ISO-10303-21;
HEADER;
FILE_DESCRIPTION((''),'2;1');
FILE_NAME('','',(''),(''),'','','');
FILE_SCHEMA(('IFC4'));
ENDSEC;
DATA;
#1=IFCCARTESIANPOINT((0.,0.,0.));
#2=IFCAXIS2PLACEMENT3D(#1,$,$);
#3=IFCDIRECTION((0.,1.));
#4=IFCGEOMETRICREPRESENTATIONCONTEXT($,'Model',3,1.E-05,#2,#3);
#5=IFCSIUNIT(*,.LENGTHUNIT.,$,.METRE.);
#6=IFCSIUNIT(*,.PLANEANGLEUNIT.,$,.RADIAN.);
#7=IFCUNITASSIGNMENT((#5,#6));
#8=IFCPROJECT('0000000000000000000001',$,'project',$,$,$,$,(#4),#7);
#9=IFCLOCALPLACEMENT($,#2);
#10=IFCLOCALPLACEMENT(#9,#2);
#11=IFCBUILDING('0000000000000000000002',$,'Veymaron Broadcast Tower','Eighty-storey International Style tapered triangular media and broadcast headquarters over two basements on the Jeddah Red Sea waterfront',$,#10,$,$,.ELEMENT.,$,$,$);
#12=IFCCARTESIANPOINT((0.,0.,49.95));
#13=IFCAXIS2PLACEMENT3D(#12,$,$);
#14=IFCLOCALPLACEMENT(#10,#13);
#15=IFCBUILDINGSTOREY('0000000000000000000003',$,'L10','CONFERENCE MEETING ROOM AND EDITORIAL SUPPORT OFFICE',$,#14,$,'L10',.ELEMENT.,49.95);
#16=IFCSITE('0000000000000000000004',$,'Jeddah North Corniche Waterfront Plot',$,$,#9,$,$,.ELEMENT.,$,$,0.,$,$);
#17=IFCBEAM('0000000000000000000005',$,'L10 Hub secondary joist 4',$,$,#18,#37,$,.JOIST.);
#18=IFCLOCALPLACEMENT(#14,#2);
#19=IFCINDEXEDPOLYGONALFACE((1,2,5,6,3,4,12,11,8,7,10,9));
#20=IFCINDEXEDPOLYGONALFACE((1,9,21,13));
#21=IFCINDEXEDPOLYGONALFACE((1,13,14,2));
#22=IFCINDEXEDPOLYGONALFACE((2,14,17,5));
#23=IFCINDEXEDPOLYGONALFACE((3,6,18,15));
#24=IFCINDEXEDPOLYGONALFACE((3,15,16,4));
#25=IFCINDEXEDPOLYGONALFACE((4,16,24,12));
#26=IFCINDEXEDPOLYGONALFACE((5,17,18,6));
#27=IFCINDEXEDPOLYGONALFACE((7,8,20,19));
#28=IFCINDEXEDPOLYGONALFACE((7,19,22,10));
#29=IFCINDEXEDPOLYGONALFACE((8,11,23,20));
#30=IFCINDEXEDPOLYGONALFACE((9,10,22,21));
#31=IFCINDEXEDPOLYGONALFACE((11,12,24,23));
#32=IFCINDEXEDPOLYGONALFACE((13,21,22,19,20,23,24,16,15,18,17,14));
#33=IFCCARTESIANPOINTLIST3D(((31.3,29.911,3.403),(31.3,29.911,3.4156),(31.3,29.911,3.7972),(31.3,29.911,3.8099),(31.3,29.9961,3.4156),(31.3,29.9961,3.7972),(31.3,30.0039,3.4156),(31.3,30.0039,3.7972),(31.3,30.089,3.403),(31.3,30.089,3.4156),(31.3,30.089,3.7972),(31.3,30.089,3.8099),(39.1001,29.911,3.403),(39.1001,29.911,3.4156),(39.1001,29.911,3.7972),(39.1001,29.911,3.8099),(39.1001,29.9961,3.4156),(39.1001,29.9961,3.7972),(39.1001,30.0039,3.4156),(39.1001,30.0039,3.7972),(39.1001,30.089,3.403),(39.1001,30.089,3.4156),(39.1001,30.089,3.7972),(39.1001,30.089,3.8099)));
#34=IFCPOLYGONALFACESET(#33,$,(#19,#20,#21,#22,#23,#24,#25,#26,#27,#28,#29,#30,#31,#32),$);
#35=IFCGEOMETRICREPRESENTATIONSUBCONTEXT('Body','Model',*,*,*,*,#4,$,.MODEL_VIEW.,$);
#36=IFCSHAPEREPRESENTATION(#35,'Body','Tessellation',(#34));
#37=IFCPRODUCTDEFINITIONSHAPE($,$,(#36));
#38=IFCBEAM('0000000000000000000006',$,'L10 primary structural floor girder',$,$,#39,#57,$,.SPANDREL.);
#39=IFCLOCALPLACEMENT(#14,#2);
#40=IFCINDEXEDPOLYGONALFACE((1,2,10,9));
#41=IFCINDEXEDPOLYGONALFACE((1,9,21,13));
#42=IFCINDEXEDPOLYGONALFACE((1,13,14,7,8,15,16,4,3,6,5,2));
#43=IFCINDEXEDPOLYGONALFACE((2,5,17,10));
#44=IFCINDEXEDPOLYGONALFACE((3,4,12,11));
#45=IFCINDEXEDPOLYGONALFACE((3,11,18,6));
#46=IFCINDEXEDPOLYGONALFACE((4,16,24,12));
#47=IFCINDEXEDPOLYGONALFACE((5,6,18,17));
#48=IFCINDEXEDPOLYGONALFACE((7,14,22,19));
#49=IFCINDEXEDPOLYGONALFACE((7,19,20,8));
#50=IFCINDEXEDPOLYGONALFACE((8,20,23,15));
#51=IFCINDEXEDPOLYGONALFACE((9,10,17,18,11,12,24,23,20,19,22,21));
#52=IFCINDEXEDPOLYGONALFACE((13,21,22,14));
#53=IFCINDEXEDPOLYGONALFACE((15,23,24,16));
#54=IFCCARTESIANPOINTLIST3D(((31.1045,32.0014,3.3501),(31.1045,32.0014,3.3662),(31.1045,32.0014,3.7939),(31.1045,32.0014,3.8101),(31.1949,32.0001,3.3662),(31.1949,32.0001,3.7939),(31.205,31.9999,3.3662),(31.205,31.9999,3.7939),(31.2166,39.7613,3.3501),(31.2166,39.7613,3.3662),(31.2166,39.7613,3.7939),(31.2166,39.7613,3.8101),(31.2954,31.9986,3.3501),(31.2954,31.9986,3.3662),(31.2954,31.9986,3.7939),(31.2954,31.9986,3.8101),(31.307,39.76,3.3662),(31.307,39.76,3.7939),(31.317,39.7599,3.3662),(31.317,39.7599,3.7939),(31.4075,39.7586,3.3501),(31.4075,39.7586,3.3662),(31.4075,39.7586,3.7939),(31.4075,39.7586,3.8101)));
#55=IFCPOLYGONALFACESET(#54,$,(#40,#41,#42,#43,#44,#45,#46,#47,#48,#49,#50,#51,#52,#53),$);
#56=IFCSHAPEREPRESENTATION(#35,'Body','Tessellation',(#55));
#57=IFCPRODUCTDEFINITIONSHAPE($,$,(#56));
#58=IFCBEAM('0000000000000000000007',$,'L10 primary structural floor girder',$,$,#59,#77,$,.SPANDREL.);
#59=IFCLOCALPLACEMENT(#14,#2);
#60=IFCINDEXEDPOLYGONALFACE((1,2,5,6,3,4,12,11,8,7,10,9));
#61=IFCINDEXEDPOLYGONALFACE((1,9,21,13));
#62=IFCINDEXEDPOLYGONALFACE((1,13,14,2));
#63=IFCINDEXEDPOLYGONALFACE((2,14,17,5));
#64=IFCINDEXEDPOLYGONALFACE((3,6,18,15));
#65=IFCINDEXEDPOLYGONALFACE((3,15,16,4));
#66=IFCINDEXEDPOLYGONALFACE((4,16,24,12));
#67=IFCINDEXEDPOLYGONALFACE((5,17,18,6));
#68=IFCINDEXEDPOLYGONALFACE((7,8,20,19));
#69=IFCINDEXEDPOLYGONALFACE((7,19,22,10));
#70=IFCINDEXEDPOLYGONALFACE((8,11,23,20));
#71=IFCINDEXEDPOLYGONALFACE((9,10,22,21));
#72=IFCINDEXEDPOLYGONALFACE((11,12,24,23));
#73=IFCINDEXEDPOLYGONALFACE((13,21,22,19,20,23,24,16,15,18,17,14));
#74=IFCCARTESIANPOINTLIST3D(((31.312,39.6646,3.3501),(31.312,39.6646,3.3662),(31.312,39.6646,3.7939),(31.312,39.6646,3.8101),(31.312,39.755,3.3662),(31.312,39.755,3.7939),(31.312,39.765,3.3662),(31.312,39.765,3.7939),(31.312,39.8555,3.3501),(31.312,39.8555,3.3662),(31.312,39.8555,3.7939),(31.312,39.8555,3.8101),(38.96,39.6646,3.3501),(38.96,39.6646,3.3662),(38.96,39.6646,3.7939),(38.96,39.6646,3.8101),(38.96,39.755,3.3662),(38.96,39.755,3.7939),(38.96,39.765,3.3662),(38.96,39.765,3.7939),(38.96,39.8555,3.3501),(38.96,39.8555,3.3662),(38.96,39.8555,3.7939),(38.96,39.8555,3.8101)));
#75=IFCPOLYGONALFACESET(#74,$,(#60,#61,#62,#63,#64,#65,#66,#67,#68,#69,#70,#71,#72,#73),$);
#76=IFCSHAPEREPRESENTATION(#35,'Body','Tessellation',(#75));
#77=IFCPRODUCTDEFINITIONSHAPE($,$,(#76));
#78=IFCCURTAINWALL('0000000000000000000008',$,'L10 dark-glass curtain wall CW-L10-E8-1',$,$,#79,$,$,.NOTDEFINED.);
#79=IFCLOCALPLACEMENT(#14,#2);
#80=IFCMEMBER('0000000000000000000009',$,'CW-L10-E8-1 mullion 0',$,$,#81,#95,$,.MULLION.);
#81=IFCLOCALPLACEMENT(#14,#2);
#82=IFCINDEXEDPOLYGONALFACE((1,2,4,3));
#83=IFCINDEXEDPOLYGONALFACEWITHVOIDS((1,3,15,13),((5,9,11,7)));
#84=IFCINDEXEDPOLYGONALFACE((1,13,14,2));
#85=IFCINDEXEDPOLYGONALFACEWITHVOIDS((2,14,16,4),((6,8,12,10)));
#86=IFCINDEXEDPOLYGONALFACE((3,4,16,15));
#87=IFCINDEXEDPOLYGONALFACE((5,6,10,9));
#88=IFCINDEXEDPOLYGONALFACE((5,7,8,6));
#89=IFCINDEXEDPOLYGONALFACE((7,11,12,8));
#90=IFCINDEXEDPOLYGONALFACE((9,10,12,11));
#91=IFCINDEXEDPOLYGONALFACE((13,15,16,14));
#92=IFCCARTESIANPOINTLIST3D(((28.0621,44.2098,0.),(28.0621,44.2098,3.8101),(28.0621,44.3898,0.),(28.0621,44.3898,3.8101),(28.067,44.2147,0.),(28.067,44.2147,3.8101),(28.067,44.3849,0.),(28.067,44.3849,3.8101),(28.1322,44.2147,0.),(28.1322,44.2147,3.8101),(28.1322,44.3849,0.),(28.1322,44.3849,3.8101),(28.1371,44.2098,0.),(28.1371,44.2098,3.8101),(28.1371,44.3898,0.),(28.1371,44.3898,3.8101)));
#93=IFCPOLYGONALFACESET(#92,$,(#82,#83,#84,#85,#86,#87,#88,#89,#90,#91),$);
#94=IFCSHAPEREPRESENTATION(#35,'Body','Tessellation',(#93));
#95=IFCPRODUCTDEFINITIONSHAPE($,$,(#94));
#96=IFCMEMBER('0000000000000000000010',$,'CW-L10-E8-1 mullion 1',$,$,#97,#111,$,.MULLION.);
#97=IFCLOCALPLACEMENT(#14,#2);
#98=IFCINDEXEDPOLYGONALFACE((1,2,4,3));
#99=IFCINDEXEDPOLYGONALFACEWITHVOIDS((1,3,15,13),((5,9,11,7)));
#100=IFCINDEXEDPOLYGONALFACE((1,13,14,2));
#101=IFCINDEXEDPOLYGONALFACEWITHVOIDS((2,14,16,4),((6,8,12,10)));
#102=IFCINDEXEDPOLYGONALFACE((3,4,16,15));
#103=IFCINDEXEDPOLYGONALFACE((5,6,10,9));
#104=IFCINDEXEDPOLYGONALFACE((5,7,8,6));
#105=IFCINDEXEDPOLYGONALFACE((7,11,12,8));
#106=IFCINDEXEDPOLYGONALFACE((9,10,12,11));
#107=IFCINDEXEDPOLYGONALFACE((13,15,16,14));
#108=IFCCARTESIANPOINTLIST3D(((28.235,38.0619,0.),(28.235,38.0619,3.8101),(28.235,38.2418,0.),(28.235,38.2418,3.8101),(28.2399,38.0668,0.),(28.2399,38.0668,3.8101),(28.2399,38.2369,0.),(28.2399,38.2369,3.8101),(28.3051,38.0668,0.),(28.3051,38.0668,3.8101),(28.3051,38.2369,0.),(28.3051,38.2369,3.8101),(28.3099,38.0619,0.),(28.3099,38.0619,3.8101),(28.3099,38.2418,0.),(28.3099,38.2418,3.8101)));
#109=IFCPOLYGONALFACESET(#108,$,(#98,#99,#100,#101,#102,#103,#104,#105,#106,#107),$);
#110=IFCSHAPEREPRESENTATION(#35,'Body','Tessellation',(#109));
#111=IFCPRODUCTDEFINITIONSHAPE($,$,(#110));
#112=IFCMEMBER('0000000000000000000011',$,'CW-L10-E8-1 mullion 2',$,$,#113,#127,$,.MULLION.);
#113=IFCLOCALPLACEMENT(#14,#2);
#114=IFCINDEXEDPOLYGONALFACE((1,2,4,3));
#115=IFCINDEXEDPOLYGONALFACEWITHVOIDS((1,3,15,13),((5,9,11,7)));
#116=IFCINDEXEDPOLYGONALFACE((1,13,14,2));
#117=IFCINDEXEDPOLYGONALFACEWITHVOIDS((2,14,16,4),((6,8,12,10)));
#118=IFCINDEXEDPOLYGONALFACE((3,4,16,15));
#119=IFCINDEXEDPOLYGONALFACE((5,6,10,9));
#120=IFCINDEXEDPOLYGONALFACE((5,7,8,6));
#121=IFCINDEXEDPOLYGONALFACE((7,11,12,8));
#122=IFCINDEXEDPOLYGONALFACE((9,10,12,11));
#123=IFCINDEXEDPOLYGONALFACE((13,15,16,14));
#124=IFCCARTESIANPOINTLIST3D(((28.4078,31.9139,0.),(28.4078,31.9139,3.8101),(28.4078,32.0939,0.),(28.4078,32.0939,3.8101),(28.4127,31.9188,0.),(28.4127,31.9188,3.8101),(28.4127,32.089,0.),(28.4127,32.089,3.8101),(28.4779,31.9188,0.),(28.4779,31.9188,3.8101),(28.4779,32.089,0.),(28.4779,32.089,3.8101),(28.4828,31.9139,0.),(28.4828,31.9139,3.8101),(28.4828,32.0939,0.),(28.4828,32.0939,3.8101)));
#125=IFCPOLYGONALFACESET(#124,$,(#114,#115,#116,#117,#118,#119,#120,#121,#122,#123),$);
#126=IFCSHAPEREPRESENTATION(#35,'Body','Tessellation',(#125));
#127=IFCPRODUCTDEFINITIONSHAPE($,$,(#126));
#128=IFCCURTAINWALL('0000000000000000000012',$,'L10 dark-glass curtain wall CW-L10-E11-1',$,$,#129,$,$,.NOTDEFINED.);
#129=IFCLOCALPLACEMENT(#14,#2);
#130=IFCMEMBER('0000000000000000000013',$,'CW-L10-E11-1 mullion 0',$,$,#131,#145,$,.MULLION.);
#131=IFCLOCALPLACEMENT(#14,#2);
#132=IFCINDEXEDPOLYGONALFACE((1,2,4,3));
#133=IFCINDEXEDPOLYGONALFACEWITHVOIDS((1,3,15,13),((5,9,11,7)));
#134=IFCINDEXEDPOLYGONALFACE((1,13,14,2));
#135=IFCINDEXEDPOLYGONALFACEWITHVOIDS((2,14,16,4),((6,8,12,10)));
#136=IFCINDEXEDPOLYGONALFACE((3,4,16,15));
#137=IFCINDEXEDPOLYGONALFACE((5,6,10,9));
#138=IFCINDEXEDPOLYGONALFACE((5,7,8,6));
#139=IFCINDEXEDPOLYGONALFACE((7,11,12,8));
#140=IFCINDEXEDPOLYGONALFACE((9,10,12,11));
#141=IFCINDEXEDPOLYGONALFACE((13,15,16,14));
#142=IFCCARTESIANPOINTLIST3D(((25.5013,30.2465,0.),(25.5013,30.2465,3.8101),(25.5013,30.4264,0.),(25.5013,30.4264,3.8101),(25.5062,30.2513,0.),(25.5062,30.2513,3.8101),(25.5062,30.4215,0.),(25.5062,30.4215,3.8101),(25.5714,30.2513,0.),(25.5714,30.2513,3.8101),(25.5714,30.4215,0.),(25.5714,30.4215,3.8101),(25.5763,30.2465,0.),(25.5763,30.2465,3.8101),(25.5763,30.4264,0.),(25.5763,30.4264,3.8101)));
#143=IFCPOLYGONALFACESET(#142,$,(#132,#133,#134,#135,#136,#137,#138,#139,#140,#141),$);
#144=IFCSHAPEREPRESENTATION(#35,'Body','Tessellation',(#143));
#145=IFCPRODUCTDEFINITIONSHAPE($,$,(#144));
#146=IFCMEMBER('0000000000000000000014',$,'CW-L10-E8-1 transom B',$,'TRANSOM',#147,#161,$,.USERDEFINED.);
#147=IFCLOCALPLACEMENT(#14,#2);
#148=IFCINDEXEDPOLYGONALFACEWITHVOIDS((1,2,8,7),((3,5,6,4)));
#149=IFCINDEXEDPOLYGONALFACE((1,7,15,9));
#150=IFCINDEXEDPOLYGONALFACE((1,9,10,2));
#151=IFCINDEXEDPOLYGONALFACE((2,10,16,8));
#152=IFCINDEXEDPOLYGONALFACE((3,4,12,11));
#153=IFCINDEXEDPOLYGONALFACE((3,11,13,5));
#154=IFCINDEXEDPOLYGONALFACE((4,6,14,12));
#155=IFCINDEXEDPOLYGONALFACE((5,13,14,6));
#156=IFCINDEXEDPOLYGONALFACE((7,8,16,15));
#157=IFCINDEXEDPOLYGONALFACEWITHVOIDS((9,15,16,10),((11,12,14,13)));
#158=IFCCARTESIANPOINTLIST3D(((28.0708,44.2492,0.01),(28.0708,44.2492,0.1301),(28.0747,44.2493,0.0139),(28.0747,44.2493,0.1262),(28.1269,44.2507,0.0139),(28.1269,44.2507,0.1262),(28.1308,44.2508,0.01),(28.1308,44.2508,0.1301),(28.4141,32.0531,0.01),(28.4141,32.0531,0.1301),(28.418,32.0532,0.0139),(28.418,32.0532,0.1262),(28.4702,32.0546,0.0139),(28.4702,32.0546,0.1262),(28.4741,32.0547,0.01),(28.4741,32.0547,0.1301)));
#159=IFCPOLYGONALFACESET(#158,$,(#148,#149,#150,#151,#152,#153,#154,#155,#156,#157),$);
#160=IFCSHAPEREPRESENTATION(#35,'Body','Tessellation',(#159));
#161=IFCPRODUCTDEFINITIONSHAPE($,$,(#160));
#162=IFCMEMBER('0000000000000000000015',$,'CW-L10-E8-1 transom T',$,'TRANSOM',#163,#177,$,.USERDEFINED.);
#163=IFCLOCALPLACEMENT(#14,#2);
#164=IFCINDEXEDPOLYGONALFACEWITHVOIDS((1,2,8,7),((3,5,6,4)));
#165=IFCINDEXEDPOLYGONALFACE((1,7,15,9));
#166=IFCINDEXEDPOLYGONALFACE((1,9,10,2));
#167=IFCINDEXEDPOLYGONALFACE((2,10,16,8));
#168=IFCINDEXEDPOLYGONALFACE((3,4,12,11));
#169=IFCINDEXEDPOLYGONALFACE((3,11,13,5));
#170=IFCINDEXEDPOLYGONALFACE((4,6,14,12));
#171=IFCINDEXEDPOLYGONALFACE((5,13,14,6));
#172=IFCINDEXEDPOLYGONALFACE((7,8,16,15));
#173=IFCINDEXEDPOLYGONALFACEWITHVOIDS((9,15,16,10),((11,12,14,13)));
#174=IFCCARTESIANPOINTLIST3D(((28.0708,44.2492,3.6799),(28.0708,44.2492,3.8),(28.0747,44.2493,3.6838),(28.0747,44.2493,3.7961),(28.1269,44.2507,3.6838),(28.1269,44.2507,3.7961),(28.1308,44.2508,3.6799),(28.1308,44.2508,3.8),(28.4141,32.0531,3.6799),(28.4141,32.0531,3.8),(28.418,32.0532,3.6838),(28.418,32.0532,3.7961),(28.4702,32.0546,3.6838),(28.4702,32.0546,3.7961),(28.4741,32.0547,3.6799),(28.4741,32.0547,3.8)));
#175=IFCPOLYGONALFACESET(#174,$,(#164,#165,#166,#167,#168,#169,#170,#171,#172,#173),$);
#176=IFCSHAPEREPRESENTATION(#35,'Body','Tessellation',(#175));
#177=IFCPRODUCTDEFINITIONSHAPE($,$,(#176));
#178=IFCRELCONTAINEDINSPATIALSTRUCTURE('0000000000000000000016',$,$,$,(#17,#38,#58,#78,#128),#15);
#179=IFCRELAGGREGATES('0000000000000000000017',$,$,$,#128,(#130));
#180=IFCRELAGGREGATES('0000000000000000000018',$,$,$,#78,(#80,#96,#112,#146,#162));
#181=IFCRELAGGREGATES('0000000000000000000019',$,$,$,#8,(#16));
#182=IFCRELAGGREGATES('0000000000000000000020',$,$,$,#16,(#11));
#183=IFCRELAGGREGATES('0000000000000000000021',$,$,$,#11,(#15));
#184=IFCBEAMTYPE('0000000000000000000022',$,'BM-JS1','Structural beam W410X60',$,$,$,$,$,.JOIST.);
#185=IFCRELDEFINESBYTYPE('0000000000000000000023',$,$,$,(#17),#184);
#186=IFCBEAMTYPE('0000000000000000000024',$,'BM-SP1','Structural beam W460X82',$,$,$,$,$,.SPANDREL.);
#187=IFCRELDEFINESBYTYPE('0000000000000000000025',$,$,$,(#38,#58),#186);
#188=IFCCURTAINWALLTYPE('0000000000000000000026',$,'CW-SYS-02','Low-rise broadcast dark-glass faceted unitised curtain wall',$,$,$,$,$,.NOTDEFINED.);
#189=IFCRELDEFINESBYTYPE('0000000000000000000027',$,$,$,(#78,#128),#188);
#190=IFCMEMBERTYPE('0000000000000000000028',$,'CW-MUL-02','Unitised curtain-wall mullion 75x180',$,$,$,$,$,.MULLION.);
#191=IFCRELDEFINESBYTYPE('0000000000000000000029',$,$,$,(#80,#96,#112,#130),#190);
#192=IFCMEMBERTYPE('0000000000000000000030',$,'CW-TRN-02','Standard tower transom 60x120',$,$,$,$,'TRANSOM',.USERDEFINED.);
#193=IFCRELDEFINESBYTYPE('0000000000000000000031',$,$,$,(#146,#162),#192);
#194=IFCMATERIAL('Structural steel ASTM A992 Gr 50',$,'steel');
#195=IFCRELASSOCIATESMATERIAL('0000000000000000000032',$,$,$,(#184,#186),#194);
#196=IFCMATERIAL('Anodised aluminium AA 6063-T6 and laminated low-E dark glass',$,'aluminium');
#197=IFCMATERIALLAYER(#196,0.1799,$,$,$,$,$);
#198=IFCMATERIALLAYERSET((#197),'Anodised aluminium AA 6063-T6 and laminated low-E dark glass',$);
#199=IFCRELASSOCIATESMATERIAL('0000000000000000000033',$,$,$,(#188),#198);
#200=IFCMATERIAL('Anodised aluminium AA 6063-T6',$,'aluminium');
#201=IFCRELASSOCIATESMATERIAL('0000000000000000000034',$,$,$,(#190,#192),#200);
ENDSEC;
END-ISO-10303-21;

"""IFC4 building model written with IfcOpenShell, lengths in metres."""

from ifc_helpers import new_model, si_unit, direction, frame, origin, origin_2d, place, context, subcontext, project, spatial, hollow_rectangle, i_section, extrude, material, layer, layer_set, material_profile, profile_set, type_object, element, aggregate, save


model = new_model("IFC4")

# Units and contexts
model_context = context("Model", 3, precision=1e-05, world=origin(), true_north=direction((0.0, 1.0)))
body_context = subcontext(model_context, "Body", "Model", "MODEL_VIEW")
ifc_project = project(units=[si_unit("LENGTHUNIT", "METRE"), si_unit("PLANEANGLEUNIT", "RADIAN")], contexts=[model_context])

# Site, building, storey
site_placement = place(None, origin())
site = spatial("IfcSite", under=ifc_project, at=site_placement, Name="Jeddah North Corniche Waterfront Plot", CompositionType="ELEMENT", RefElevation=0.0)
building_placement = place(site_placement, origin())
building = spatial("IfcBuilding", under=site, at=building_placement, Name="Veymaron Broadcast Tower", Description="Eighty-storey International Style tapered triangular media and broadcast headquarters over two basements on the Jeddah Red Sea waterfront", CompositionType="ELEMENT")
storey_placement = place(building_placement, frame((0.0, 0.0, 49.95)))
storey = spatial("IfcBuildingStorey", under=building, at=storey_placement, Name="L10", Description="CONFERENCE MEETING ROOM AND EDITORIAL SUPPORT OFFICE", LongName="L10", CompositionType="ELEMENT", Elevation=49.95)

# Beams
ifc_material_1 = material(Name="Structural steel ASTM A992 Gr 50", Category="steel")
ifc_material_profile_1 = material_profile(ifc_material_1, i_section(OverallWidth=0.178, OverallDepth=0.407, WebThickness=0.0078, FlangeThickness=0.0127, at=origin_2d()), Name="W410X60")
ifc_profile_set_1 = profile_set([ifc_material_profile_1], Name="Structural steel ASTM A992 Gr 50")
beam_type_1 = type_object("IfcBeamType", Name="BM-JS1", Description="Structural beam W410X60", PredefinedType="JOIST", material=ifc_profile_set_1)
for number, where, z_axis, x_axis, name in (
    (1, (31.3, 30.0, 3.6064), (1.0, 0.0, 0.0), (0.0, 1.0, 0.0), "L10 Hub secondary joist 4"),
):
    element("IfcBeam", number, at=place(storey_placement, frame(where, z_axis=z_axis, x_axis=x_axis)), inside=storey, type_object=beam_type_1, Name=name, PredefinedType="JOIST", context=body_context, shape_type="SweptSolid", body=[
        extrude(i_section(OverallWidth=0.178, OverallDepth=0.407, WebThickness=0.0078, FlangeThickness=0.0127, at=origin_2d()), origin(), (0.0, 0.0, 1.0), 7.8),
    ])
ifc_material_profile_2 = material_profile(ifc_material_1, i_section(OverallWidth=0.1909, OverallDepth=0.46, WebThickness=0.01, FlangeThickness=0.0161, at=origin_2d()), Name="W460X82")
ifc_profile_set_2 = profile_set([ifc_material_profile_2], Name="Structural steel ASTM A992 Gr 50")
beam_type_2 = type_object("IfcBeamType", Name="BM-SP1", Description="Structural beam W460X82", PredefinedType="SPANDREL", material=ifc_profile_set_2)
beam_1_placement = place(storey_placement, frame((31.2, 32.0, 3.5801), z_axis=(0.014439, 0.999896, 0.0), x_axis=(-0.999896, 0.014439, 0.0)))
element("IfcBeam", 2, at=beam_1_placement, inside=storey, type_object=beam_type_2, Name="L10 primary structural floor girder", PredefinedType="SPANDREL", context=body_context, shape_type="SweptSolid", body=[
    extrude(i_section(OverallWidth=0.1909, OverallDepth=0.46, WebThickness=0.01, FlangeThickness=0.0161, at=origin_2d()), origin(), (0.0, 0.0, 1.0), 7.7607),
])
beam_2_placement = place(storey_placement, frame((31.312, 39.76, 3.5801), z_axis=(1.0, 0.0, 0.0), x_axis=(0.0, 1.0, 0.0)))
element("IfcBeam", 3, at=beam_2_placement, inside=storey, type_object=beam_type_2, Name="L10 primary structural floor girder", PredefinedType="SPANDREL", context=body_context, shape_type="SweptSolid", body=[
    extrude(i_section(OverallWidth=0.1909, OverallDepth=0.46, WebThickness=0.01, FlangeThickness=0.0161, at=origin_2d()), origin(), (0.0, 0.0, 1.0), 7.6479),
])

# Curtain wall, members
ifc_material_2 = material(Name="Anodised aluminium AA 6063-T6 and laminated low-E dark glass", Category="aluminium")
ifc_layer_1 = layer(ifc_material_2, 0.1799)
ifc_layer_set_1 = layer_set([ifc_layer_1], Name="Anodised aluminium AA 6063-T6 and laminated low-E dark glass")
curtain_wall_type = type_object("IfcCurtainWallType", Name="CW-SYS-02", Description="Low-rise broadcast dark-glass faceted unitised curtain wall", PredefinedType="NOTDEFINED", material=ifc_layer_set_1)
curtain_wall_1_placement = place(storey_placement, origin())
curtain_wall_1 = element("IfcCurtainWall", 4, at=curtain_wall_1_placement, inside=storey, type_object=curtain_wall_type, Name="L10 dark-glass curtain wall CW-L10-E8-1", PredefinedType="NOTDEFINED")
ifc_material_3 = material(Name="Anodised aluminium AA 6063-T6", Category="aluminium")
ifc_material_profile_3 = material_profile(ifc_material_3, hollow_rectangle(XDim=0.075, YDim=0.1799, WallThickness=0.0049, at=origin_2d()), Name="AL180X75X5")
ifc_profile_set_3 = profile_set([ifc_material_profile_3], Name="Anodised aluminium AA 6063-T6")
member_type_1 = type_object("IfcMemberType", Name="CW-MUL-02", Description="Unitised curtain-wall mullion 75x180", PredefinedType="MULLION", material=ifc_profile_set_3)
member_1_placement = place(storey_placement, frame((28.0996, 44.2998, 0.0), z_axis=(0.0, 0.0, 1.0), x_axis=(1.0, 0.0, 0.0)))
member_1 = element("IfcMember", 5, at=member_1_placement, type_object=member_type_1, Name="CW-L10-E8-1 mullion 0", PredefinedType="MULLION", context=body_context, shape_type="SweptSolid", body=[
    extrude(hollow_rectangle(XDim=0.075, YDim=0.1799, WallThickness=0.0049, at=origin_2d()), origin(), (0.0, 0.0, 1.0), 3.8101),
])
member_2_placement = place(storey_placement, frame((28.2725, 38.1519, 0.0), z_axis=(0.0, 0.0, 1.0), x_axis=(1.0, 0.0, 0.0)))
member_2 = element("IfcMember", 6, at=member_2_placement, type_object=member_type_1, Name="CW-L10-E8-1 mullion 1", PredefinedType="MULLION", context=body_context, shape_type="SweptSolid", body=[
    extrude(hollow_rectangle(XDim=0.075, YDim=0.1799, WallThickness=0.0049, at=origin_2d()), origin(), (0.0, 0.0, 1.0), 3.8101),
])
member_3_placement = place(storey_placement, frame((28.4453, 32.0039, 0.0), z_axis=(0.0, 0.0, 1.0), x_axis=(1.0, 0.0, 0.0)))
member_3 = element("IfcMember", 7, at=member_3_placement, type_object=member_type_1, Name="CW-L10-E8-1 mullion 2", PredefinedType="MULLION", context=body_context, shape_type="SweptSolid", body=[
    extrude(hollow_rectangle(XDim=0.075, YDim=0.1799, WallThickness=0.0049, at=origin_2d()), origin(), (0.0, 0.0, 1.0), 3.8101),
])

# Curtain wall, member
curtain_wall_2_placement = place(storey_placement, origin())
curtain_wall_2 = element("IfcCurtainWall", 8, at=curtain_wall_2_placement, inside=storey, type_object=curtain_wall_type, Name="L10 dark-glass curtain wall CW-L10-E11-1", PredefinedType="NOTDEFINED")
member_4_placement = place(storey_placement, frame((25.5388, 30.3364, 0.0), z_axis=(0.0, 0.0, 1.0), x_axis=(1.0, 0.0, 0.0)))
member_4 = element("IfcMember", 9, at=member_4_placement, type_object=member_type_1, Name="CW-L10-E11-1 mullion 0", PredefinedType="MULLION", context=body_context, shape_type="SweptSolid", body=[
    extrude(hollow_rectangle(XDim=0.075, YDim=0.1799, WallThickness=0.0049, at=origin_2d()), origin(), (0.0, 0.0, 1.0), 3.8101),
])

# Members
ifc_material_profile_4 = material_profile(ifc_material_3, hollow_rectangle(XDim=0.0601, YDim=0.1201, WallThickness=0.0039, at=origin_2d()), Name="AL120X60X4")
ifc_profile_set_4 = profile_set([ifc_material_profile_4], Name="Anodised aluminium AA 6063-T6")
member_type_2 = type_object("IfcMemberType", Name="CW-TRN-02", Description="Standard tower transom 60x120", ElementType="TRANSOM", PredefinedType="USERDEFINED", material=ifc_profile_set_4)
member_5_placement = place(storey_placement, frame((28.1008, 44.25, 0.0701), z_axis=(0.028134, -0.999604, 0.0), x_axis=(0.999604, 0.028134, 0.0)))
member_5 = element("IfcMember", 10, at=member_5_placement, type_object=member_type_2, Name="CW-L10-E8-1 transom B", ObjectType="TRANSOM", PredefinedType="USERDEFINED", context=body_context, shape_type="SweptSolid", body=[
    extrude(hollow_rectangle(XDim=0.0601, YDim=0.1201, WallThickness=0.0039, at=origin_2d()), origin(), (0.0, 0.0, 1.0), 12.2009),
])
member_6_placement = place(storey_placement, frame((28.1008, 44.25, 3.74), z_axis=(0.028134, -0.999604, 0.0), x_axis=(0.999604, 0.028134, 0.0)))
member_6 = element("IfcMember", 11, at=member_6_placement, type_object=member_type_2, Name="CW-L10-E8-1 transom T", ObjectType="TRANSOM", PredefinedType="USERDEFINED", context=body_context, shape_type="SweptSolid", body=[
    extrude(hollow_rectangle(XDim=0.0601, YDim=0.1201, WallThickness=0.0039, at=origin_2d()), origin(), (0.0, 0.0, 1.0), 12.2009),
])
aggregate(curtain_wall_2, [member_4])

aggregate(curtain_wall_1, [member_1, member_2, member_3, member_5, member_6])

save(model, "model.ifc")
